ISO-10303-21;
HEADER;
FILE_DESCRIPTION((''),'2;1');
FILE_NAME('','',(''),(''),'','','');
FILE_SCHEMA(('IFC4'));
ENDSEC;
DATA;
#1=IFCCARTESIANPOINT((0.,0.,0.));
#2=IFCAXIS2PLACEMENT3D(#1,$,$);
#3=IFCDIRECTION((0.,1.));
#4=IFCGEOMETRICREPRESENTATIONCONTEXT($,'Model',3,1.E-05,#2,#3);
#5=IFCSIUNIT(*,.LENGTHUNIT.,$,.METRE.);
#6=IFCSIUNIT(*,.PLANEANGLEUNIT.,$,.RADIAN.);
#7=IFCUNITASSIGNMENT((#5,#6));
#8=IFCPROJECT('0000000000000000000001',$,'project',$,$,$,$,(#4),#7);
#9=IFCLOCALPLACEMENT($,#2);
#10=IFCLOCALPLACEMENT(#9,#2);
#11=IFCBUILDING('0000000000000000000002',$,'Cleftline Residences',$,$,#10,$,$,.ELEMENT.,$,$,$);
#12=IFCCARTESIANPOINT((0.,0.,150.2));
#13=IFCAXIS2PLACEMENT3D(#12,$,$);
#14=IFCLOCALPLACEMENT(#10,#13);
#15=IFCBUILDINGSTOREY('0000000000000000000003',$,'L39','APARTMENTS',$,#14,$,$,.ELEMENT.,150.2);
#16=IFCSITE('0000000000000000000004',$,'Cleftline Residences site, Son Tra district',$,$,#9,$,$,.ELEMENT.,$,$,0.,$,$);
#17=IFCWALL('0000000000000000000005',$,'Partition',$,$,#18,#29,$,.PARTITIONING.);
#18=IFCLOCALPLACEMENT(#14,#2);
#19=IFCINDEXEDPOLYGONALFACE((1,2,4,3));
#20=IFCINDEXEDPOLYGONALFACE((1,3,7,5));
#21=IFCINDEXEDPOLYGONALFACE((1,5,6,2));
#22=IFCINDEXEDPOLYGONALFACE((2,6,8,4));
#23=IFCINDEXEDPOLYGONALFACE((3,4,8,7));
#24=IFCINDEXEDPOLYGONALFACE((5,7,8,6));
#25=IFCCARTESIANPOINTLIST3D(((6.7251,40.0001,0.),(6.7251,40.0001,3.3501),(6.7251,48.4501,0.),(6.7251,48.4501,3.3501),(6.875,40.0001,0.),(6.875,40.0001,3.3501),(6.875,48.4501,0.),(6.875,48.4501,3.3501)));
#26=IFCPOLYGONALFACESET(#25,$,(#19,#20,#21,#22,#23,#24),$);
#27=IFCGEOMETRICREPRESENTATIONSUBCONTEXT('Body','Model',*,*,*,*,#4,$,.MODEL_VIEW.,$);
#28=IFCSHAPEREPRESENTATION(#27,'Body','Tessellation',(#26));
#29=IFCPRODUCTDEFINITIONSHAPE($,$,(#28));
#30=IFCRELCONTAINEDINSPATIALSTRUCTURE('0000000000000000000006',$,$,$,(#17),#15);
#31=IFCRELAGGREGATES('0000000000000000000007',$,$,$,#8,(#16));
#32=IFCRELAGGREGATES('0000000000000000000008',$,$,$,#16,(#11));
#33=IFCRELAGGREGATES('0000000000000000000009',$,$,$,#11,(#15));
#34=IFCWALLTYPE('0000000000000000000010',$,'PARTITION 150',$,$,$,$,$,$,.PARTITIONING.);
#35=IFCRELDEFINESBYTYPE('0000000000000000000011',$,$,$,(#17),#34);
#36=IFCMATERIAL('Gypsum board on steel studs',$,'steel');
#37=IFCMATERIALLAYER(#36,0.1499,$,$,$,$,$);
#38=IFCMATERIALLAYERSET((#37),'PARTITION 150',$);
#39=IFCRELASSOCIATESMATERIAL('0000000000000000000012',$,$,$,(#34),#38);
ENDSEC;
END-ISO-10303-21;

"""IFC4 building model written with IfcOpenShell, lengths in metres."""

from ifc_helpers import new_model, si_unit, direction, frame, frame_2d, origin, place, context, subcontext, project, spatial, rectangle, extrude, material, layer, layer_set, type_object, element, save


model = new_model("IFC4")

# Units and contexts
model_context = context("Model", 3, precision=1e-05, world=origin(), true_north=direction((0.0, 1.0)))
body_context = subcontext(model_context, "Body", "Model", "MODEL_VIEW")
ifc_project = project(units=[si_unit("LENGTHUNIT", "METRE"), si_unit("PLANEANGLEUNIT", "RADIAN")], contexts=[model_context])

# Site, building, storey
site_placement = place(None, origin())
site = spatial("IfcSite", under=ifc_project, at=site_placement, Name="Cleftline Residences site, Son Tra district", CompositionType="ELEMENT", RefElevation=0.0)
building_placement = place(site_placement, origin())
building = spatial("IfcBuilding", under=site, at=building_placement, Name="Cleftline Residences", CompositionType="ELEMENT")
storey_placement = place(building_placement, frame((0.0, 0.0, 150.2)))
storey = spatial("IfcBuildingStorey", under=building, at=storey_placement, Name="L39", Description="APARTMENTS", CompositionType="ELEMENT", Elevation=150.2)

# Shared definitions
ifc_material_1 = material(Name="Gypsum board on steel studs", Category="steel")
ifc_layer = layer(ifc_material_1, 0.1499)
ifc_layer_set = layer_set([ifc_layer], Name="PARTITION 150")
wall_type = type_object("IfcWallType", Name="PARTITION 150", PredefinedType="PARTITIONING", material=ifc_layer_set)

# Wall
wall_1_placement = place(storey_placement, frame((6.8, 40.0, 0.0), z_axis=(0.0, 0.0, 1.0), x_axis=(0.0, 1.0, 0.0)))
element("IfcWall", 1, at=wall_1_placement, inside=storey, type_object=wall_type, Name="Partition", PredefinedType="PARTITIONING", context=body_context, shape_type="SweptSolid", body=[
    extrude(rectangle(XDim=8.45, YDim=0.1499, at=frame_2d((4.2251, 0.0))), origin(), (0.0, 0.0, 1.0), 3.3501),
])

save(model, "model.ifc")
